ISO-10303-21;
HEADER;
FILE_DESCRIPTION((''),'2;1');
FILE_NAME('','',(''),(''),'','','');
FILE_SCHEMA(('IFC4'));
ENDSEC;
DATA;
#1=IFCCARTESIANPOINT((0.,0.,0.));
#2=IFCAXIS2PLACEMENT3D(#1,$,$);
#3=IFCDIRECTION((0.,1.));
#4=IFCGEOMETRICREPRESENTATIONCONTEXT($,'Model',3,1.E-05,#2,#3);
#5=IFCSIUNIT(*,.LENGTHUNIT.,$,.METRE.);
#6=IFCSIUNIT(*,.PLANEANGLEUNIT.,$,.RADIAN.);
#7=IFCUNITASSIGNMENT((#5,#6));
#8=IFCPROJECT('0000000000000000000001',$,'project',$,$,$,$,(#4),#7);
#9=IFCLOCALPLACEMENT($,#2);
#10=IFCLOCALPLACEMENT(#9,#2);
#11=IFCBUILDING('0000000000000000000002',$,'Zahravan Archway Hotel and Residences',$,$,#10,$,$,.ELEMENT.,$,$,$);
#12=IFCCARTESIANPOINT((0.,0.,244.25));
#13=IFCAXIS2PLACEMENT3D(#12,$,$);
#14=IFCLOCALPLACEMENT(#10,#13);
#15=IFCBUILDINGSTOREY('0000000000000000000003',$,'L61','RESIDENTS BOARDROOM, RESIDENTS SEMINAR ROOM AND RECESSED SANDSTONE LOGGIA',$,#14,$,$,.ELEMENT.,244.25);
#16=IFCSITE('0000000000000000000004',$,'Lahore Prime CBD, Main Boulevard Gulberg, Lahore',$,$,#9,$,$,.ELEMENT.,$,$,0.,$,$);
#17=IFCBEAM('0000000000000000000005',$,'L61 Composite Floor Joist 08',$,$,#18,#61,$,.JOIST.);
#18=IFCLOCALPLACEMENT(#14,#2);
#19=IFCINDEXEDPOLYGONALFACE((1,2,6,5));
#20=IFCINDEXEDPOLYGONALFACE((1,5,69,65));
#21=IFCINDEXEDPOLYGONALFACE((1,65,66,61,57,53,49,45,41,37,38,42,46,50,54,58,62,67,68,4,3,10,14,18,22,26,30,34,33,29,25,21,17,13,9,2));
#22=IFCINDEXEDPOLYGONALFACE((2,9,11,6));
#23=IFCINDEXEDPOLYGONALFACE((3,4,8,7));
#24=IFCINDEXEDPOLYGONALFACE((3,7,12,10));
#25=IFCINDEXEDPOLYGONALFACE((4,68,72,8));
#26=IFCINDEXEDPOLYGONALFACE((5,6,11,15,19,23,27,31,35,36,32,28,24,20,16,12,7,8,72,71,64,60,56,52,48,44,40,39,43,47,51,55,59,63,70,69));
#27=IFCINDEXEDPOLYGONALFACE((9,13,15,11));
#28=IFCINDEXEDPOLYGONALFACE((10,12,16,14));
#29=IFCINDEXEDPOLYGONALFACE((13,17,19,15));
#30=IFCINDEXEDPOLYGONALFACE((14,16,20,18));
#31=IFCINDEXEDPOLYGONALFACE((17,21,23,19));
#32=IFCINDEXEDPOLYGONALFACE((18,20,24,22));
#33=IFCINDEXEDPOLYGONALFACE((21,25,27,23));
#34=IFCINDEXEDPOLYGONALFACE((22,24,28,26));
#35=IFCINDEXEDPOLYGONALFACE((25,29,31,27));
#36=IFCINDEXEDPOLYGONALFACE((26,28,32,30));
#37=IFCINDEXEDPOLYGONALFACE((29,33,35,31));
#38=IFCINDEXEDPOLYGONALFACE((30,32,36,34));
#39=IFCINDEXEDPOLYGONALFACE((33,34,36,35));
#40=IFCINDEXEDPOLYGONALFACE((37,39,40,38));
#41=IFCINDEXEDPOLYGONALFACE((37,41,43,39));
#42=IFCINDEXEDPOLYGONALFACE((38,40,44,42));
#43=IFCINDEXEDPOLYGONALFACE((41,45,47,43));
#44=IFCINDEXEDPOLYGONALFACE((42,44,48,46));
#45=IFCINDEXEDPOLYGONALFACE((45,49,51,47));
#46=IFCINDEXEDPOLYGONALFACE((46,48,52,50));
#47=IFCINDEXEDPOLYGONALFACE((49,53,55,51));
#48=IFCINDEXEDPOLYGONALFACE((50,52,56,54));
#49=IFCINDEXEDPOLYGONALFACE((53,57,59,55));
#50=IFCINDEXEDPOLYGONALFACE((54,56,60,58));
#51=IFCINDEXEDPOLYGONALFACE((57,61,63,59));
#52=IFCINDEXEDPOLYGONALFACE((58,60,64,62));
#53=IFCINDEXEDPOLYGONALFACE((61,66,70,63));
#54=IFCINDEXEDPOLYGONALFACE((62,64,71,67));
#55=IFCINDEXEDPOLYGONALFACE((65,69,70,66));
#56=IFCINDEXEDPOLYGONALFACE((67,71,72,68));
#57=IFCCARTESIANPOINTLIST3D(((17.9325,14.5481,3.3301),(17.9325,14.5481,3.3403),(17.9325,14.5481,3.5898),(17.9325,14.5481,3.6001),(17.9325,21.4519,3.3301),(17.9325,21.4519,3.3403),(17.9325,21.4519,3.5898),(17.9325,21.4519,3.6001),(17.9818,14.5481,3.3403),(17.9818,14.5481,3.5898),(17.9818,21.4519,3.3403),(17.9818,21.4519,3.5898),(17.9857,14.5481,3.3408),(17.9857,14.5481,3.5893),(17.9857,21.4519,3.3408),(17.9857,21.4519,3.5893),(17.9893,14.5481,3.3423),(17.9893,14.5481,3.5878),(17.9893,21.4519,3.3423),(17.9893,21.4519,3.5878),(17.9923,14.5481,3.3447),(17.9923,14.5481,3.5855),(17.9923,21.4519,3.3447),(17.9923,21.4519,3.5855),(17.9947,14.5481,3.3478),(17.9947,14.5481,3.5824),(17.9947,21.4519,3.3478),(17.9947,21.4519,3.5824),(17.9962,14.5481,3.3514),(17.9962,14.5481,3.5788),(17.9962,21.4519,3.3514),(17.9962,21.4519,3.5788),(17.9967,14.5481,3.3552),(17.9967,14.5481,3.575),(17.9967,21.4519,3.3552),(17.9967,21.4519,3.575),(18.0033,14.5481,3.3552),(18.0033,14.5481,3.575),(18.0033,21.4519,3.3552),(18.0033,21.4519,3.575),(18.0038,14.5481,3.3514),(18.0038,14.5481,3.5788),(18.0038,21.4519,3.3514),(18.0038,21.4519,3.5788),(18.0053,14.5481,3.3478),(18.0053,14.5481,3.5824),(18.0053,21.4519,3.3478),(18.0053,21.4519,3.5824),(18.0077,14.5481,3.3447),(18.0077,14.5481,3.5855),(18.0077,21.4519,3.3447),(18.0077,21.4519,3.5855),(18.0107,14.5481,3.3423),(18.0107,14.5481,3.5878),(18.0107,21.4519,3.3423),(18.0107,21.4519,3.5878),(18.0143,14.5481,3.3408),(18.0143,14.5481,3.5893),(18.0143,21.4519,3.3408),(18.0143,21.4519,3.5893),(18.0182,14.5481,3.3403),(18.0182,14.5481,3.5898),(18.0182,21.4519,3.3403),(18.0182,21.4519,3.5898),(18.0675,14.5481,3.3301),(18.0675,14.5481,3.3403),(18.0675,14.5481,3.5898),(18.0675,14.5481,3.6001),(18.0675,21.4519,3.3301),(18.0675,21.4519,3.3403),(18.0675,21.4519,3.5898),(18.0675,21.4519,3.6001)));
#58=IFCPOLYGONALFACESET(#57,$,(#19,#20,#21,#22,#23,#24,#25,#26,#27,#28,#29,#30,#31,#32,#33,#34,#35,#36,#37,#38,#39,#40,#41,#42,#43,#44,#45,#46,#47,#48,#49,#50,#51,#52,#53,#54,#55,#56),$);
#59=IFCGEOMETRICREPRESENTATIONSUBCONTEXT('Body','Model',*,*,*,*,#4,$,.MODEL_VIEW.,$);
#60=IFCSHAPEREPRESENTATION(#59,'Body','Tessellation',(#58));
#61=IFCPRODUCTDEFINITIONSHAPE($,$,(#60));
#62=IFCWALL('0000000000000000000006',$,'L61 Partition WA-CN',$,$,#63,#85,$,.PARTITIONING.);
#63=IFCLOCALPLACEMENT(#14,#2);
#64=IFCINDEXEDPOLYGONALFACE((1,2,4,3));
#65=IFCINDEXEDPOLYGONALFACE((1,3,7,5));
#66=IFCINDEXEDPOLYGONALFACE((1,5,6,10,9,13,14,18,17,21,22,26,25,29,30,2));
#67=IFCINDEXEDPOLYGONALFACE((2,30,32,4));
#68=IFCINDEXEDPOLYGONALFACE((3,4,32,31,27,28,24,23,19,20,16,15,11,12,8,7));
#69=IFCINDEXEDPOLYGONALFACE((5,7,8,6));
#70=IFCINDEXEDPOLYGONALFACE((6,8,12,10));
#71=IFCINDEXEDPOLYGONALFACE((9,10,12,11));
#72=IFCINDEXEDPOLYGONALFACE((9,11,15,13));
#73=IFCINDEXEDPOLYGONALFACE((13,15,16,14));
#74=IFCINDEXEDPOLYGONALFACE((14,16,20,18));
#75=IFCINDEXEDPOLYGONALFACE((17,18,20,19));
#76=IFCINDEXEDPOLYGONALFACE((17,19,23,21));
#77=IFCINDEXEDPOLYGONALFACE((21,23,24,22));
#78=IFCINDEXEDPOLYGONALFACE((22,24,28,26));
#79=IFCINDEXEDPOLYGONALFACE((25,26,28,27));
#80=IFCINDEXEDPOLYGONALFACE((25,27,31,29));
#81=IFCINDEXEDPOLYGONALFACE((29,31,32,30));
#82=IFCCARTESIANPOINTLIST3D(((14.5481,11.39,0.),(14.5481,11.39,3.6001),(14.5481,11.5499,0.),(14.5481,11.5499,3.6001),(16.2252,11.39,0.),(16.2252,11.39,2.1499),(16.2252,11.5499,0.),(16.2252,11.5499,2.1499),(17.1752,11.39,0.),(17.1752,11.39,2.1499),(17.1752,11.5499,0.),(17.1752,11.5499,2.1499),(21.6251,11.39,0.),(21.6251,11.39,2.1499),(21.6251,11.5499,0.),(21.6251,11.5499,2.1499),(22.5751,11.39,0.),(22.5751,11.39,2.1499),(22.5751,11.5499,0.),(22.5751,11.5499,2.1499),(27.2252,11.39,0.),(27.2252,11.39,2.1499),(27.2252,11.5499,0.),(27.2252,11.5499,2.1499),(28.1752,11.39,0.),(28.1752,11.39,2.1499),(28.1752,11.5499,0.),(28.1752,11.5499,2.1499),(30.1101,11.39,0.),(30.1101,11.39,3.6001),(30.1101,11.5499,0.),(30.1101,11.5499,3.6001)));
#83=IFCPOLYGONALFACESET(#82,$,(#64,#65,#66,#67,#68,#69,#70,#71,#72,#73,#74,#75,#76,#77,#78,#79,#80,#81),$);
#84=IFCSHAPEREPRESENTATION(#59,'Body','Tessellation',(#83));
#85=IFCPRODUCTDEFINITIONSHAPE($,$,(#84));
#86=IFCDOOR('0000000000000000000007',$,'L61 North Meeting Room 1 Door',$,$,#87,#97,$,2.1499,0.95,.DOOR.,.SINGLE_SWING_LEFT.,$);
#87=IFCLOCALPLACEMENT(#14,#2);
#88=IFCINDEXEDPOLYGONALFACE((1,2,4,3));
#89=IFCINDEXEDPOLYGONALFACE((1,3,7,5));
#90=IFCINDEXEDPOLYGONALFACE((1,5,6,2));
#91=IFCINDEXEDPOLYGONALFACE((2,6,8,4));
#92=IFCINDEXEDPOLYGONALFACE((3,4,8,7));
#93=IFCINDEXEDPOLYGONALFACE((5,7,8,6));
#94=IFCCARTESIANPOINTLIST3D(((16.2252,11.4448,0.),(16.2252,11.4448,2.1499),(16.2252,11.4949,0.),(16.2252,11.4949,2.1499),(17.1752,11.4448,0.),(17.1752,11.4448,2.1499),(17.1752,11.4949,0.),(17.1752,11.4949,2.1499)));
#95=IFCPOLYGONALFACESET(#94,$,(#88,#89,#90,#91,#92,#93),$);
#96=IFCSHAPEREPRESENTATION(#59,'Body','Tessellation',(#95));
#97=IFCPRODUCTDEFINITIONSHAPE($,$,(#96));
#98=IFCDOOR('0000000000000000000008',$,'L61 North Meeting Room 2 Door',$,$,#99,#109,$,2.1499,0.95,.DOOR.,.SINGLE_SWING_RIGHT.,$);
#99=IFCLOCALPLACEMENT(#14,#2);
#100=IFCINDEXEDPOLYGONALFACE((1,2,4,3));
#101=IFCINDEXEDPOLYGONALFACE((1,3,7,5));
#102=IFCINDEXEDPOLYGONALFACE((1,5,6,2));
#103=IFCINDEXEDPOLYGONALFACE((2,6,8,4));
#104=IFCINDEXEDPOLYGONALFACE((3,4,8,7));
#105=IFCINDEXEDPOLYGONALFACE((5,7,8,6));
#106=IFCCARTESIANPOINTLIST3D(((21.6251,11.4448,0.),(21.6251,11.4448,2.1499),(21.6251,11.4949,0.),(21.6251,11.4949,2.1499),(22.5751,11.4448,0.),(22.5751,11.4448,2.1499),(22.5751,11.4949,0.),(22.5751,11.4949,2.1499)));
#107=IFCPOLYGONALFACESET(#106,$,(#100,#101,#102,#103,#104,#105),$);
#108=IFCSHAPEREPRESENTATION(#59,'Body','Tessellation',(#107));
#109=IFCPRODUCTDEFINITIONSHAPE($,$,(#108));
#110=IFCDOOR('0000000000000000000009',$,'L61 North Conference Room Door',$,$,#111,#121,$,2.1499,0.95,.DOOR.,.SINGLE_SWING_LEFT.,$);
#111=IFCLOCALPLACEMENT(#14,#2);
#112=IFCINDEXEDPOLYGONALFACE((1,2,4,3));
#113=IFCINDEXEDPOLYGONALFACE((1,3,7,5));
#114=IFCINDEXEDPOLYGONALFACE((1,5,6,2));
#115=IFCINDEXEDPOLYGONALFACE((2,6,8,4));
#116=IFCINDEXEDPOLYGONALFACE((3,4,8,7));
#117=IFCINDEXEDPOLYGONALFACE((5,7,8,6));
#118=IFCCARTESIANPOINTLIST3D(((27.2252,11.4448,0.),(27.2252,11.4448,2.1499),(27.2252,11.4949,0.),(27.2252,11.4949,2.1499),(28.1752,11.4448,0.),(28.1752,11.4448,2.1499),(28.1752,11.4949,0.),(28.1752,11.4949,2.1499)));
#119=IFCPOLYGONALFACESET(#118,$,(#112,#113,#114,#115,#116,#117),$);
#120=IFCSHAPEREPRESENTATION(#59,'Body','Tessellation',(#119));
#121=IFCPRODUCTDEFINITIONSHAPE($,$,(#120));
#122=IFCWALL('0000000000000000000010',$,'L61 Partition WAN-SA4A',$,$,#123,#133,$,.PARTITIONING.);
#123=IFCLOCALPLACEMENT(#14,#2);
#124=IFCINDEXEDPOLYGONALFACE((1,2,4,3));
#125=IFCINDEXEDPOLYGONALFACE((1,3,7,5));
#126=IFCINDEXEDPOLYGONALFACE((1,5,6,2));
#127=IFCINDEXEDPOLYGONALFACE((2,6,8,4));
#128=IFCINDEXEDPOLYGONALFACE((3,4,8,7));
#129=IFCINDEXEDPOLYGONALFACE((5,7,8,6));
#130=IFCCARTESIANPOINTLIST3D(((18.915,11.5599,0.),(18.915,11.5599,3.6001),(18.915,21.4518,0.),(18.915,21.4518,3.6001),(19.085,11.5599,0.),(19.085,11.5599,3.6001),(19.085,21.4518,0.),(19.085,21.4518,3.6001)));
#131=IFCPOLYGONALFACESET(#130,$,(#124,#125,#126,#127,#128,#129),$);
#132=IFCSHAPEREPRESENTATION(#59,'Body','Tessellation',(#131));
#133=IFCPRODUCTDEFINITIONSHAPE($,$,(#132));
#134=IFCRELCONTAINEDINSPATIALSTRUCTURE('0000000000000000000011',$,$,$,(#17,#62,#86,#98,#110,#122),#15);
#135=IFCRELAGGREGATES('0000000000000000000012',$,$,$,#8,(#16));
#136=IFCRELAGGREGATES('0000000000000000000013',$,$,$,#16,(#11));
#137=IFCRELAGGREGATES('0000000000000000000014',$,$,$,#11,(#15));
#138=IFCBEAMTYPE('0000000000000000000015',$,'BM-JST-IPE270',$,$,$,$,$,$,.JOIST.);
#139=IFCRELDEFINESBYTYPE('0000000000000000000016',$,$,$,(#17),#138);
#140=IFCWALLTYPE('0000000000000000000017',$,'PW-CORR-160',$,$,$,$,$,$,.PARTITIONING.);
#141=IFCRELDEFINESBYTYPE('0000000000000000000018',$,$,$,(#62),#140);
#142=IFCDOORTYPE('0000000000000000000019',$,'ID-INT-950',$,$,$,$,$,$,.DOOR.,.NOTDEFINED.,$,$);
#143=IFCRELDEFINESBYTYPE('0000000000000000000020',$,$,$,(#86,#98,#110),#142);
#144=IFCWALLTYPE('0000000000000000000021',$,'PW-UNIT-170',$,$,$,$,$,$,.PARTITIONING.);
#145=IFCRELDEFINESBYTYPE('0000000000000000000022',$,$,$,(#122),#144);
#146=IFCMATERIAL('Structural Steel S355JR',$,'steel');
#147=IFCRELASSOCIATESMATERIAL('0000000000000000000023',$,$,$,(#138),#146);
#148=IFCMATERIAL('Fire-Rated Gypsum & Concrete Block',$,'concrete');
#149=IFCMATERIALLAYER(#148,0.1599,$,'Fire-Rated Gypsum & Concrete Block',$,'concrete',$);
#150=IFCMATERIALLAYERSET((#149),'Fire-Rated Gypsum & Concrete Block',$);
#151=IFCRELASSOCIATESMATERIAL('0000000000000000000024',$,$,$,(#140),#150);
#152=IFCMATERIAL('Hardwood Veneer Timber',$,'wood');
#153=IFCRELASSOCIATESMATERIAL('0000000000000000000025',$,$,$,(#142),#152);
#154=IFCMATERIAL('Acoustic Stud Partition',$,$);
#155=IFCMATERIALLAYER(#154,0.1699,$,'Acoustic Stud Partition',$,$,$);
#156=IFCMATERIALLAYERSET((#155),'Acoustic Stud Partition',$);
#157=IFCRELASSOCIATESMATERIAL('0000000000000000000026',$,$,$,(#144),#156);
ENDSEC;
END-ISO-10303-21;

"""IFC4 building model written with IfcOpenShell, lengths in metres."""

from ifc_helpers import new_model, si_unit, direction, frame, frame_2d, origin, origin_2d, place, context, subcontext, project, spatial, rectangle, i_section, extrude, source, transform, mapped, material, layer, layer_set, material_profile, profile_set, type_object, type_shapes, element, fill, save


model = new_model("IFC4")

# Units and contexts
model_context = context("Model", 3, precision=1e-05, world=origin(), true_north=direction((0.0, 1.0)))
body_context = subcontext(model_context, "Body", "Model", "MODEL_VIEW")
ifc_project = project(units=[si_unit("LENGTHUNIT", "METRE"), si_unit("PLANEANGLEUNIT", "RADIAN")], contexts=[model_context])

# Site, building, storey
site_placement = place(None, origin())
site = spatial("IfcSite", under=ifc_project, at=site_placement, Name="Lahore Prime CBD, Main Boulevard Gulberg, Lahore", CompositionType="ELEMENT", RefElevation=0.0)
building_placement = place(site_placement, origin())
building = spatial("IfcBuilding", under=site, at=building_placement, Name="Zahravan Archway Hotel and Residences", CompositionType="ELEMENT")
storey_placement = place(building_placement, frame((0.0, 0.0, 244.25)))
storey = spatial("IfcBuildingStorey", under=building, at=storey_placement, Name="L61", Description="RESIDENTS BOARDROOM, RESIDENTS SEMINAR ROOM AND RECESSED SANDSTONE LOGGIA", CompositionType="ELEMENT", Elevation=244.25)

# Beam
ifc_material_1 = material(Name="Structural Steel S355JR", Category="steel")
ifc_material_profile_1 = material_profile(ifc_material_1, i_section(OverallWidth=0.135, OverallDepth=0.27, WebThickness=0.0066, FlangeThickness=0.0103, FilletRadius=0.0149, at=origin_2d()), Name="IPE 270", Category="steel")
ifc_profile_set_1 = profile_set([ifc_material_profile_1], Name="Structural Steel S355JR")
beam_type_1 = type_object("IfcBeamType", Name="BM-JST-IPE270", PredefinedType="JOIST", material=ifc_profile_set_1)
shared_shape_1 = source(origin(), body_context, "Body", "SweptSolid", [
    extrude(i_section(OverallWidth=0.135, OverallDepth=0.27, WebThickness=0.0066, FlangeThickness=0.0103, FilletRadius=0.0149, at=origin_2d()), origin(), (0.0, 0.0, 1.0), 6.9038),
])
beam_1_placement = place(storey_placement, frame((18.0, 14.5481, 3.4651), z_axis=(0.0, 1.0, 0.0), x_axis=(-1.0, 0.0, 0.0)))
element("IfcBeam", 1, at=beam_1_placement, inside=storey, type_object=beam_type_1, Name="L61 Composite Floor Joist 08", PredefinedType="JOIST", context=body_context, shape_type="MappedRepresentation", body=[
    mapped(shared_shape_1, transform((0.0, 0.0, 0.0), scale=1.0)),
])

# Wall, openings, doors
ifc_material_2 = material(Name="Fire-Rated Gypsum & Concrete Block", Category="concrete")
ifc_layer_1 = layer(ifc_material_2, 0.1599, Name="Fire-Rated Gypsum & Concrete Block", Category="concrete")
ifc_layer_set_1 = layer_set([ifc_layer_1], Name="Fire-Rated Gypsum & Concrete Block")
wall_type_1 = type_object("IfcWallType", Name="PW-CORR-160", PredefinedType="PARTITIONING", material=ifc_layer_set_1)
wall_1_placement = place(storey_placement, frame((14.5481, 11.47, 0.0), z_axis=(0.0, 0.0, 1.0), x_axis=(1.0, 0.0, 0.0)))
wall_1 = element("IfcWall", 2, at=wall_1_placement, inside=storey, type_object=wall_type_1, Name="L61 Partition WA-CN", PredefinedType="PARTITIONING", context=body_context, shape_type="SweptSolid", body=[
    extrude(rectangle(XDim=15.562, YDim=0.1599, at=frame_2d((7.781, 0.0))), origin(), (0.0, 0.0, 1.0), 3.6001),
])
opening_1_placement = place(wall_1_placement, frame((1.677, 0.0, 0.0)))
opening_1 = element("IfcOpeningElement", 3, at=opening_1_placement, cuts=wall_1, PredefinedType="OPENING", context=body_context, shape_type="SweptSolid", body=[
    extrude(rectangle(XDim=0.95, YDim=2.1499, at=frame_2d((0.4751, 1.075))), frame((0.0, 0.0898, 0.0), z_axis=(0.0, -1.0, 0.0), x_axis=(1.0, 0.0, 0.0)), (0.0, 0.0, 1.0), 0.1799),
])
opening_2_placement = place(wall_1_placement, frame((7.0769, 0.0, 0.0)))
opening_2 = element("IfcOpeningElement", 4, at=opening_2_placement, cuts=wall_1, PredefinedType="OPENING", context=body_context, shape_type="SweptSolid", body=[
    extrude(rectangle(XDim=0.95, YDim=2.1499, at=frame_2d((0.4751, 1.075))), frame((0.0, 0.0898, 0.0), z_axis=(0.0, -1.0, 0.0), x_axis=(1.0, 0.0, 0.0)), (0.0, 0.0, 1.0), 0.1799),
])
opening_3_placement = place(wall_1_placement, frame((12.677, 0.0, 0.0)))
opening_3 = element("IfcOpeningElement", 5, at=opening_3_placement, cuts=wall_1, PredefinedType="OPENING", context=body_context, shape_type="SweptSolid", body=[
    extrude(rectangle(XDim=0.95, YDim=2.1499, at=frame_2d((0.4751, 1.075))), frame((0.0, 0.0898, 0.0), z_axis=(0.0, -1.0, 0.0), x_axis=(1.0, 0.0, 0.0)), (0.0, 0.0, 1.0), 0.1799),
])
ifc_material_3 = material(Name="Hardwood Veneer Timber", Category="wood")
door_type_1 = type_object("IfcDoorType", Name="ID-INT-950", OperationType="NOTDEFINED", PredefinedType="DOOR", material=ifc_material_3)
shared_shape_2 = source(origin(), body_context, "Body", "SweptSolid", [
    extrude(rectangle(XDim=0.95, YDim=2.1499, at=frame_2d((0.4751, 1.075))), frame((0.0, 0.0249, 0.0), z_axis=(0.0, -1.0, 0.0), x_axis=(1.0, 0.0, 0.0)), (0.0, 0.0, 1.0), 0.05),
])
type_shapes(door_type_1, [shared_shape_2])
door_1_placement = place(opening_1_placement, origin())
door_1 = element("IfcDoor", 6, at=door_1_placement, inside=storey, type_object=door_type_1, Name="L61 North Meeting Room 1 Door", OperationType="SINGLE_SWING_LEFT", OverallHeight=2.1499, OverallWidth=0.95, PredefinedType="DOOR", context=body_context, shape_type="MappedRepresentation", body=[
    mapped(shared_shape_2, transform((0.0, 0.0, 0.0), scale=1.0)),
])
fill(opening_1, door_1)
door_2_placement = place(opening_2_placement, origin())
door_2 = element("IfcDoor", 7, at=door_2_placement, inside=storey, type_object=door_type_1, Name="L61 North Meeting Room 2 Door", OperationType="SINGLE_SWING_RIGHT", OverallHeight=2.1499, OverallWidth=0.95, PredefinedType="DOOR", context=body_context, shape_type="MappedRepresentation", body=[
    mapped(shared_shape_2, transform((0.0, 0.0, 0.0), scale=1.0)),
])
fill(opening_2, door_2)
door_3_placement = place(opening_3_placement, origin())
door_3 = element("IfcDoor", 8, at=door_3_placement, inside=storey, type_object=door_type_1, Name="L61 North Conference Room Door", OperationType="SINGLE_SWING_LEFT", OverallHeight=2.1499, OverallWidth=0.95, PredefinedType="DOOR", context=body_context, shape_type="MappedRepresentation", body=[
    mapped(shared_shape_2, transform((0.0, 0.0, 0.0), scale=1.0)),
])
fill(opening_3, door_3)

# Wall
ifc_material_4 = material(Name="Acoustic Stud Partition")
ifc_layer_2 = layer(ifc_material_4, 0.1699, Name="Acoustic Stud Partition")
ifc_layer_set_2 = layer_set([ifc_layer_2], Name="Acoustic Stud Partition")
wall_type_2 = type_object("IfcWallType", Name="PW-UNIT-170", PredefinedType="PARTITIONING", material=ifc_layer_set_2)
wall_2_placement = place(storey_placement, frame((19.0, 11.5601, 0.0), z_axis=(0.0, 0.0, 1.0), x_axis=(0.0, 1.0, 0.0)))
element("IfcWall", 9, at=wall_2_placement, inside=storey, type_object=wall_type_2, Name="L61 Partition WAN-SA4A", PredefinedType="PARTITIONING", context=body_context, shape_type="SweptSolid", body=[
    extrude(rectangle(XDim=9.8918, YDim=0.1699, at=frame_2d((4.9458, 0.0))), origin(), (0.0, 0.0, 1.0), 3.6001),
])

save(model, "model.ifc")
